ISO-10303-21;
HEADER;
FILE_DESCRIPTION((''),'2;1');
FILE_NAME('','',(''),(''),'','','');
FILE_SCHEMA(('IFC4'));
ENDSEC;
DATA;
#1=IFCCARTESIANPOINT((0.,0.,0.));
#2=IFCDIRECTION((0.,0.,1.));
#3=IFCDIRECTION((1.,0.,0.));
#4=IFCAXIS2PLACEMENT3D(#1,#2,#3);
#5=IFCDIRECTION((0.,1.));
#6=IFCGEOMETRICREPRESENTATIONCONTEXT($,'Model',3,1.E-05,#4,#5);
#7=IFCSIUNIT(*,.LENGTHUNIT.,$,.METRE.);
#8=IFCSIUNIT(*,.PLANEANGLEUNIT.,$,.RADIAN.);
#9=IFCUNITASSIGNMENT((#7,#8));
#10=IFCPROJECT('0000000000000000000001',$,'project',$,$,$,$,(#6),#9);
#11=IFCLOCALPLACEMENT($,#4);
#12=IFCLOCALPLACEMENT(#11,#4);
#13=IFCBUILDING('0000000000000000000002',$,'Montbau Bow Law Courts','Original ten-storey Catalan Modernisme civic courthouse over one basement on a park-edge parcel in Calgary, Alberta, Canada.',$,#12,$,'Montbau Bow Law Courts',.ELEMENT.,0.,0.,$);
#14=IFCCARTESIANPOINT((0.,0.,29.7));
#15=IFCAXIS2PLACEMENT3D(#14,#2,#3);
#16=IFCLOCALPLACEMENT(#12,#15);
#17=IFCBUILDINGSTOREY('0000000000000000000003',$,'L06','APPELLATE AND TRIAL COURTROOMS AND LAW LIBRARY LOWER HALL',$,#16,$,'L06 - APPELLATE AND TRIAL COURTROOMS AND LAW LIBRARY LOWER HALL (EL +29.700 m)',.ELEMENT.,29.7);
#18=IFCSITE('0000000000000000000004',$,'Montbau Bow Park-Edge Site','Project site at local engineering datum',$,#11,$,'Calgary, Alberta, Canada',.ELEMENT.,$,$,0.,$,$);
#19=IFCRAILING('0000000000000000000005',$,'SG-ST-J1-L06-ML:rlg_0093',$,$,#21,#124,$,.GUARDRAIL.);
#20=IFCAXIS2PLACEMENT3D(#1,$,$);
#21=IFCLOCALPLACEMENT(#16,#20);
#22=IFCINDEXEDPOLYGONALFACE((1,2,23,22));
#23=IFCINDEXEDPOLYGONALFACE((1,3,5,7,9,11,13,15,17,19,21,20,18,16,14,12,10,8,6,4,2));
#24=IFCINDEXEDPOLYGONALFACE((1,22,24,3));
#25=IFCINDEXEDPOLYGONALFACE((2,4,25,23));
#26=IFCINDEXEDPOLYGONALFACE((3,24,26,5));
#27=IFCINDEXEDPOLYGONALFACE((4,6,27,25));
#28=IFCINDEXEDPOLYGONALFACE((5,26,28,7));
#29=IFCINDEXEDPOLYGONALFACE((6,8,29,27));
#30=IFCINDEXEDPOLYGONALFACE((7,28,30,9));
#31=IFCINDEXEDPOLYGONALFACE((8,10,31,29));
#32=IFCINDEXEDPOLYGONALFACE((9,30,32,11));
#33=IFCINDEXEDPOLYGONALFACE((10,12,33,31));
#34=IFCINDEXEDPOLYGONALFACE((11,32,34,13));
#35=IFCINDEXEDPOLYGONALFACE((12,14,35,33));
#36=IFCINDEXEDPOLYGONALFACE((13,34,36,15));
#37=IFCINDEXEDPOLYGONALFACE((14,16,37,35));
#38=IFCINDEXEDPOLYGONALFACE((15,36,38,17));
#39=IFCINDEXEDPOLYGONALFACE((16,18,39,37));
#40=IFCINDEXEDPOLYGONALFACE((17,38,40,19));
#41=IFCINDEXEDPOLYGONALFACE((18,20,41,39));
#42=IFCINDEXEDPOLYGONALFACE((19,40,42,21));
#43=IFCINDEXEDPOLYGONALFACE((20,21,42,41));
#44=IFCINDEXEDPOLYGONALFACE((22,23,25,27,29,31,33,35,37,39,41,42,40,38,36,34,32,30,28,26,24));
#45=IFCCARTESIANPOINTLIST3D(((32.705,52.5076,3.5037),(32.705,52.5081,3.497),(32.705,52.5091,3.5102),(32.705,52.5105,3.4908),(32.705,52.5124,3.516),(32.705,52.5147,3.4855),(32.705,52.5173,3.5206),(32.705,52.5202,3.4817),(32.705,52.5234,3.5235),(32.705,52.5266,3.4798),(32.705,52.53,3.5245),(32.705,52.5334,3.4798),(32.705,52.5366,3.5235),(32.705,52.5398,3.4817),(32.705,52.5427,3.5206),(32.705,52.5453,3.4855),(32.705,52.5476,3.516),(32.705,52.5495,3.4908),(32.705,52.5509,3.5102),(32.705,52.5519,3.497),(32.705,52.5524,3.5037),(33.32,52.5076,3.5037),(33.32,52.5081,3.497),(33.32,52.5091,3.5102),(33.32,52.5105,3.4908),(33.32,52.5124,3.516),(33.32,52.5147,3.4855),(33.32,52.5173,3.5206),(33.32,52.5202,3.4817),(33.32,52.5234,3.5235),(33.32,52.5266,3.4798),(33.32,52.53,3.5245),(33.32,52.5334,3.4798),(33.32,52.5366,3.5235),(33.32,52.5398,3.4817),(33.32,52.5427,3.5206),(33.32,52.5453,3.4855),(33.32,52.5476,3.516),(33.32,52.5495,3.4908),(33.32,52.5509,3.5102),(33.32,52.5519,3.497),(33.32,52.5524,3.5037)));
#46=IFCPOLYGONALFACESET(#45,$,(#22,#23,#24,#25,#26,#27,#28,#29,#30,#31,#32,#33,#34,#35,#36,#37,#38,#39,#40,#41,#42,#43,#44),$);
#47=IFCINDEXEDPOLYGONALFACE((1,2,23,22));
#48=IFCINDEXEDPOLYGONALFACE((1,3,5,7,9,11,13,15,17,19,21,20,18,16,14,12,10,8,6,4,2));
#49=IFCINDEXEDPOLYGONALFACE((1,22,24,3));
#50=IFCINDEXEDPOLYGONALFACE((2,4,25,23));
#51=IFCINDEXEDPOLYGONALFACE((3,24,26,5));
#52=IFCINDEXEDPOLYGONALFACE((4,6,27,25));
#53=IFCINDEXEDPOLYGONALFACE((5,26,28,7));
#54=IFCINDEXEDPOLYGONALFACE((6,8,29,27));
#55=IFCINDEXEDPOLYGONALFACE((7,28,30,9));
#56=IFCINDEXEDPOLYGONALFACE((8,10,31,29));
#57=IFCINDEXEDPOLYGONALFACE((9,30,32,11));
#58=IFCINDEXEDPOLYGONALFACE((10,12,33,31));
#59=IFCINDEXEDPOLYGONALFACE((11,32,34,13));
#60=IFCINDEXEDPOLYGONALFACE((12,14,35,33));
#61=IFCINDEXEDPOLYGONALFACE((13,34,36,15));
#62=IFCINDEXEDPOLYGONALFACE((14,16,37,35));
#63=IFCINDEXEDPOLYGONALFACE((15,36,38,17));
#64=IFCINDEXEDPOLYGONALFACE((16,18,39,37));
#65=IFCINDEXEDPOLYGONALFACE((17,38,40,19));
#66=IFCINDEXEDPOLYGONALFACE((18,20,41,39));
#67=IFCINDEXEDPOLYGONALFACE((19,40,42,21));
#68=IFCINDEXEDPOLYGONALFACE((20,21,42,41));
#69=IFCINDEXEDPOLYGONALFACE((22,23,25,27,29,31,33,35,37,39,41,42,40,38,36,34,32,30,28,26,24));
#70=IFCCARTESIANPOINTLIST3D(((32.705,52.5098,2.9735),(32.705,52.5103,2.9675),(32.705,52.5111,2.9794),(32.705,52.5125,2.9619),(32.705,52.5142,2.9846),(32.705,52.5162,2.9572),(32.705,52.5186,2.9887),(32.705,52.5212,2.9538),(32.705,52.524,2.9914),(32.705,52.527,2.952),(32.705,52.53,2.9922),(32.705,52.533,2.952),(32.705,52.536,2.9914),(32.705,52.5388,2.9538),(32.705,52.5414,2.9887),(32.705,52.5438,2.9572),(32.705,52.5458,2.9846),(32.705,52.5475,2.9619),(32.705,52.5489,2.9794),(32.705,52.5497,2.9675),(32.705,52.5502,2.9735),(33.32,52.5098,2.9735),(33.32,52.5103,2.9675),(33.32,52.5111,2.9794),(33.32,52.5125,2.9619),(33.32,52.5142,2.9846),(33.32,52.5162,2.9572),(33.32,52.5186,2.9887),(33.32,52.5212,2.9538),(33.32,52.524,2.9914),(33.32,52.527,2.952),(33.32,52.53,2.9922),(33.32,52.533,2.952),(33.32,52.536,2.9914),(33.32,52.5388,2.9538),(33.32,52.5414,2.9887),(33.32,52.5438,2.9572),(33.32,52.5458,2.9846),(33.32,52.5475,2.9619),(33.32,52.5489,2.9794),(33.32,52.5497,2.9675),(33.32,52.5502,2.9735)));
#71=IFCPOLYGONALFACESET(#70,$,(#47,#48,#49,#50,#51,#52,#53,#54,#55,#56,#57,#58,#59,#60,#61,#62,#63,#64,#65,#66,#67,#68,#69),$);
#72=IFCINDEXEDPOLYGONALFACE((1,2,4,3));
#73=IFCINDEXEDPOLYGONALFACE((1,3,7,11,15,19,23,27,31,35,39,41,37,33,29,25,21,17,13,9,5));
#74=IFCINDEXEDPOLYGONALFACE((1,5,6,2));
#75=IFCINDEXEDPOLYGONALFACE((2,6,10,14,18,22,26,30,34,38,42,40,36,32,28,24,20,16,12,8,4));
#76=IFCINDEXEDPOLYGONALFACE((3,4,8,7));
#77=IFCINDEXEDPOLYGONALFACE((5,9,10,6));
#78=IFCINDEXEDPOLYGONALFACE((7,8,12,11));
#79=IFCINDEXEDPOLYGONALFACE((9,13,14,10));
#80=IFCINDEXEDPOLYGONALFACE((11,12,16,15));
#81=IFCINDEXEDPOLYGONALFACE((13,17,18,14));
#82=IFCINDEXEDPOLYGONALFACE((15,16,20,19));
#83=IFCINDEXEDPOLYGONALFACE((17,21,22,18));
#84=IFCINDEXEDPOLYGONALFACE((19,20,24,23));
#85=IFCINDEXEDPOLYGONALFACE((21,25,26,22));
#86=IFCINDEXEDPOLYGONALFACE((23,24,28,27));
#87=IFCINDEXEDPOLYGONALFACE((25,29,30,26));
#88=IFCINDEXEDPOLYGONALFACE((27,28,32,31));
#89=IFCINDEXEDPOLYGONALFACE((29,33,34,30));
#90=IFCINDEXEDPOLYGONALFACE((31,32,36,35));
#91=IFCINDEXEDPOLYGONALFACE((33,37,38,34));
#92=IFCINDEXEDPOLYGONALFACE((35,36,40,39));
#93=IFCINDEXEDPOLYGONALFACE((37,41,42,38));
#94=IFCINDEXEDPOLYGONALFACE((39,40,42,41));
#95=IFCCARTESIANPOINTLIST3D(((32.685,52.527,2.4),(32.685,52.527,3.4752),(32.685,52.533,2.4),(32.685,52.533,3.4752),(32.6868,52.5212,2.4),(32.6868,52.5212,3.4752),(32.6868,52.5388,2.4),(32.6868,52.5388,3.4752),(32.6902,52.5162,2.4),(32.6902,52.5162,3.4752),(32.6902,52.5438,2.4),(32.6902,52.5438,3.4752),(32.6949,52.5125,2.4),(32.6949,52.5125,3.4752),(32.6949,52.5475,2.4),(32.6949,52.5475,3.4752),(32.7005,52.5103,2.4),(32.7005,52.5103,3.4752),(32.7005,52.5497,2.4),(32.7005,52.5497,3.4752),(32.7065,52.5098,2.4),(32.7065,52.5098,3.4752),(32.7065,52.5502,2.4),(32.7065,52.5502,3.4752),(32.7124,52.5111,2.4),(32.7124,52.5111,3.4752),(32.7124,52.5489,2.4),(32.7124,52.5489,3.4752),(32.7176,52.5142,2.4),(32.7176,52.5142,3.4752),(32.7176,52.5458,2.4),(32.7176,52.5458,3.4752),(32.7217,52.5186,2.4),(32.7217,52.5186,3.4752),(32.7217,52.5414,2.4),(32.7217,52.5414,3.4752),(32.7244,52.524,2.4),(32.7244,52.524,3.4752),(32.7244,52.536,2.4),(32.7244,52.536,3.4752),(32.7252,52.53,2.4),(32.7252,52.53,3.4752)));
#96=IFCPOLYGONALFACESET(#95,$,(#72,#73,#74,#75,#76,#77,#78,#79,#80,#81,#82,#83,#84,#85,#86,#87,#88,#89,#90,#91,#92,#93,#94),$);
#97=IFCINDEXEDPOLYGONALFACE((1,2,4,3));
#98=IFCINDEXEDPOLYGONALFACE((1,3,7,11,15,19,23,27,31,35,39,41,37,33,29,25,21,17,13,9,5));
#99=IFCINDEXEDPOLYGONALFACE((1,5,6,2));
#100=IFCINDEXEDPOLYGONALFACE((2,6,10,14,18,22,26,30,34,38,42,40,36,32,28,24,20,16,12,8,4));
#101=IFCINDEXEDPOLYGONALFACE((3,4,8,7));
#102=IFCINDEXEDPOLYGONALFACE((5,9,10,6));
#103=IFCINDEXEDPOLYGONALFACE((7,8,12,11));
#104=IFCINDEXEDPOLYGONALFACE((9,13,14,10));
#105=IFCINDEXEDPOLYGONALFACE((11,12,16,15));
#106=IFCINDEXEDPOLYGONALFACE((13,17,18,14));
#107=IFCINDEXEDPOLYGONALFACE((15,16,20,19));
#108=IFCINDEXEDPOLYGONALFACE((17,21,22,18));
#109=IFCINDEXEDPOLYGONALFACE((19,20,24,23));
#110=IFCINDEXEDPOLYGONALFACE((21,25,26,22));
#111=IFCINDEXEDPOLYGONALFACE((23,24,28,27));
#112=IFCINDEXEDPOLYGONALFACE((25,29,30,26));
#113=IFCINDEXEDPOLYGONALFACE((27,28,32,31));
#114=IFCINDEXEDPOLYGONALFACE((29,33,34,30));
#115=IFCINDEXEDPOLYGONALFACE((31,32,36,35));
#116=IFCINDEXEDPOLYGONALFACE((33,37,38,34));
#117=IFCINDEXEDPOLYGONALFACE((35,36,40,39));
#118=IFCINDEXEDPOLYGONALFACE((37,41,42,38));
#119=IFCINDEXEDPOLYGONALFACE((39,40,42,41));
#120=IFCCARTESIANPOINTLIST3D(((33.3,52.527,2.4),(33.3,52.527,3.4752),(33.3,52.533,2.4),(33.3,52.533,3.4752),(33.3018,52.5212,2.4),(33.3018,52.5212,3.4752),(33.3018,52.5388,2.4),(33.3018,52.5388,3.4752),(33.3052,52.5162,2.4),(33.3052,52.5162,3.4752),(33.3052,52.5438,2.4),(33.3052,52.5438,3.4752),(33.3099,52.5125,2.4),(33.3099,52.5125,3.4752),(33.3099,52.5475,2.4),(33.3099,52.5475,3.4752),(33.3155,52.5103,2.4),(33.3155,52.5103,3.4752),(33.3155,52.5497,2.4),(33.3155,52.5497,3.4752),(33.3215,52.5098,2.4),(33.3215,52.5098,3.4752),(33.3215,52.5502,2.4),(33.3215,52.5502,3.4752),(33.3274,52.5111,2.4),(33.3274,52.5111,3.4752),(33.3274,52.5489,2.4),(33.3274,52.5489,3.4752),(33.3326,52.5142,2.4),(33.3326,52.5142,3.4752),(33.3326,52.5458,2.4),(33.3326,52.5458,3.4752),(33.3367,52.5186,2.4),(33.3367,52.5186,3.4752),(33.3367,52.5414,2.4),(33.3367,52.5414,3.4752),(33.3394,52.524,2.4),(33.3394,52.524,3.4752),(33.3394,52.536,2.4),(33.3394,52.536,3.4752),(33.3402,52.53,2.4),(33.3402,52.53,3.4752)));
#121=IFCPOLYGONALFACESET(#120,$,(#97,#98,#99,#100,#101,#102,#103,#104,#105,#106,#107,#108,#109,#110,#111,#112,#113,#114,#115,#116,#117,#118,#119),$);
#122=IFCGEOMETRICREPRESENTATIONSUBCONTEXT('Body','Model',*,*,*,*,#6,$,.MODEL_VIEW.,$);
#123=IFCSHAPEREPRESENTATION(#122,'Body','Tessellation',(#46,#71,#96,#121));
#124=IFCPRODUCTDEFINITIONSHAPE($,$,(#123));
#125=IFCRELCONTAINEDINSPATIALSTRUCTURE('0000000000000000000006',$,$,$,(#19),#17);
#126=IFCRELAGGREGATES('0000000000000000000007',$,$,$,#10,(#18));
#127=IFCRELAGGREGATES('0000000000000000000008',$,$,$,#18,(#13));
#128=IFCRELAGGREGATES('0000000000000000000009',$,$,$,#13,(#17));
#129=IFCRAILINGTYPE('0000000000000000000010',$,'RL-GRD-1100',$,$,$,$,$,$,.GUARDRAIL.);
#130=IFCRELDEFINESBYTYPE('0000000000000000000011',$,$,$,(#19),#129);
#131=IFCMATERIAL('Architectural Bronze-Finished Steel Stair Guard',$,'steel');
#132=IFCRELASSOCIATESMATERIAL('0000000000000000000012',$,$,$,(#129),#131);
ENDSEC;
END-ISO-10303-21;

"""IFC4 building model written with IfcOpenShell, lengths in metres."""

from ifc_helpers import new_model, si_unit, direction, frame, origin_with_axes, origin_2d_with_axis, place, context, subcontext, project, spatial, circle, extrude, material, type_object, element, save


model = new_model("IFC4")

# Units and contexts
model_context = context("Model", 3, precision=1e-05, world=origin_with_axes(), true_north=direction((0.0, 1.0)))
body_context = subcontext(model_context, "Body", "Model", "MODEL_VIEW")
ifc_project = project(units=[si_unit("LENGTHUNIT", "METRE"), si_unit("PLANEANGLEUNIT", "RADIAN")], contexts=[model_context])

# Site, building, storey
site_placement = place(None, origin_with_axes())
site = spatial("IfcSite", under=ifc_project, at=site_placement, Name="Montbau Bow Park-Edge Site", Description="Project site at local engineering datum", LongName="Calgary, Alberta, Canada", CompositionType="ELEMENT", RefElevation=0.0)
building_placement = place(site_placement, origin_with_axes())
building = spatial("IfcBuilding", under=site, at=building_placement, Name="Montbau Bow Law Courts", Description="Original ten-storey Catalan Modernisme civic courthouse over one basement on a park-edge parcel in Calgary, Alberta, Canada.", LongName="Montbau Bow Law Courts", CompositionType="ELEMENT", ElevationOfRefHeight=0.0, ElevationOfTerrain=0.0)
storey_placement = place(building_placement, frame((0.0, 0.0, 29.7), z_axis=(0.0, 0.0, 1.0), x_axis=(1.0, 0.0, 0.0)))
storey = spatial("IfcBuildingStorey", under=building, at=storey_placement, Name="L06", Description="APPELLATE AND TRIAL COURTROOMS AND LAW LIBRARY LOWER HALL", LongName="L06 - APPELLATE AND TRIAL COURTROOMS AND LAW LIBRARY LOWER HALL (EL +29.700 m)", CompositionType="ELEMENT", Elevation=29.7)

# Railing
ifc_material_1 = material(Name="Architectural Bronze-Finished Steel Stair Guard", Category="steel")
railing_type_1 = type_object("IfcRailingType", Name="RL-GRD-1100", PredefinedType="GUARDRAIL", material=ifc_material_1)
railing_1_placement = place(None, origin_with_axes())
element("IfcRailing", 1, at=railing_1_placement, inside=storey, type_object=railing_type_1, Name="SG-ST-J1-L06-ML:rlg_0093", PredefinedType="GUARDRAIL", context=body_context, shape_type="SweptSolid", body=[
    extrude(circle(Radius=0.0225, at=origin_2d_with_axis()), frame((32.705, 52.53, 33.202), z_axis=(1.0, 0.0, 0.0), x_axis=(0.0, 0.0, 1.0)), (0.0, 0.0, 1.0), 0.615),
    extrude(circle(Radius=0.0203, at=origin_2d_with_axis()), frame((32.705, 52.53, 32.672), z_axis=(1.0, 0.0, 0.0), x_axis=(0.0, 0.0, 1.0)), (0.0, 0.0, 1.0), 0.615),
    extrude(circle(Radius=0.0203, at=origin_2d_with_axis()), frame((32.705, 52.53, 32.1), z_axis=(0.0, 0.0, 1.0), x_axis=(1.0, 0.0, 0.0)), (0.0, 0.0, 1.0), 1.0753),
    extrude(circle(Radius=0.0203, at=origin_2d_with_axis()), frame((33.32, 52.53, 32.1), z_axis=(0.0, 0.0, 1.0), x_axis=(1.0, 0.0, 0.0)), (0.0, 0.0, 1.0), 1.0753),
])

save(model, "model.ifc")
